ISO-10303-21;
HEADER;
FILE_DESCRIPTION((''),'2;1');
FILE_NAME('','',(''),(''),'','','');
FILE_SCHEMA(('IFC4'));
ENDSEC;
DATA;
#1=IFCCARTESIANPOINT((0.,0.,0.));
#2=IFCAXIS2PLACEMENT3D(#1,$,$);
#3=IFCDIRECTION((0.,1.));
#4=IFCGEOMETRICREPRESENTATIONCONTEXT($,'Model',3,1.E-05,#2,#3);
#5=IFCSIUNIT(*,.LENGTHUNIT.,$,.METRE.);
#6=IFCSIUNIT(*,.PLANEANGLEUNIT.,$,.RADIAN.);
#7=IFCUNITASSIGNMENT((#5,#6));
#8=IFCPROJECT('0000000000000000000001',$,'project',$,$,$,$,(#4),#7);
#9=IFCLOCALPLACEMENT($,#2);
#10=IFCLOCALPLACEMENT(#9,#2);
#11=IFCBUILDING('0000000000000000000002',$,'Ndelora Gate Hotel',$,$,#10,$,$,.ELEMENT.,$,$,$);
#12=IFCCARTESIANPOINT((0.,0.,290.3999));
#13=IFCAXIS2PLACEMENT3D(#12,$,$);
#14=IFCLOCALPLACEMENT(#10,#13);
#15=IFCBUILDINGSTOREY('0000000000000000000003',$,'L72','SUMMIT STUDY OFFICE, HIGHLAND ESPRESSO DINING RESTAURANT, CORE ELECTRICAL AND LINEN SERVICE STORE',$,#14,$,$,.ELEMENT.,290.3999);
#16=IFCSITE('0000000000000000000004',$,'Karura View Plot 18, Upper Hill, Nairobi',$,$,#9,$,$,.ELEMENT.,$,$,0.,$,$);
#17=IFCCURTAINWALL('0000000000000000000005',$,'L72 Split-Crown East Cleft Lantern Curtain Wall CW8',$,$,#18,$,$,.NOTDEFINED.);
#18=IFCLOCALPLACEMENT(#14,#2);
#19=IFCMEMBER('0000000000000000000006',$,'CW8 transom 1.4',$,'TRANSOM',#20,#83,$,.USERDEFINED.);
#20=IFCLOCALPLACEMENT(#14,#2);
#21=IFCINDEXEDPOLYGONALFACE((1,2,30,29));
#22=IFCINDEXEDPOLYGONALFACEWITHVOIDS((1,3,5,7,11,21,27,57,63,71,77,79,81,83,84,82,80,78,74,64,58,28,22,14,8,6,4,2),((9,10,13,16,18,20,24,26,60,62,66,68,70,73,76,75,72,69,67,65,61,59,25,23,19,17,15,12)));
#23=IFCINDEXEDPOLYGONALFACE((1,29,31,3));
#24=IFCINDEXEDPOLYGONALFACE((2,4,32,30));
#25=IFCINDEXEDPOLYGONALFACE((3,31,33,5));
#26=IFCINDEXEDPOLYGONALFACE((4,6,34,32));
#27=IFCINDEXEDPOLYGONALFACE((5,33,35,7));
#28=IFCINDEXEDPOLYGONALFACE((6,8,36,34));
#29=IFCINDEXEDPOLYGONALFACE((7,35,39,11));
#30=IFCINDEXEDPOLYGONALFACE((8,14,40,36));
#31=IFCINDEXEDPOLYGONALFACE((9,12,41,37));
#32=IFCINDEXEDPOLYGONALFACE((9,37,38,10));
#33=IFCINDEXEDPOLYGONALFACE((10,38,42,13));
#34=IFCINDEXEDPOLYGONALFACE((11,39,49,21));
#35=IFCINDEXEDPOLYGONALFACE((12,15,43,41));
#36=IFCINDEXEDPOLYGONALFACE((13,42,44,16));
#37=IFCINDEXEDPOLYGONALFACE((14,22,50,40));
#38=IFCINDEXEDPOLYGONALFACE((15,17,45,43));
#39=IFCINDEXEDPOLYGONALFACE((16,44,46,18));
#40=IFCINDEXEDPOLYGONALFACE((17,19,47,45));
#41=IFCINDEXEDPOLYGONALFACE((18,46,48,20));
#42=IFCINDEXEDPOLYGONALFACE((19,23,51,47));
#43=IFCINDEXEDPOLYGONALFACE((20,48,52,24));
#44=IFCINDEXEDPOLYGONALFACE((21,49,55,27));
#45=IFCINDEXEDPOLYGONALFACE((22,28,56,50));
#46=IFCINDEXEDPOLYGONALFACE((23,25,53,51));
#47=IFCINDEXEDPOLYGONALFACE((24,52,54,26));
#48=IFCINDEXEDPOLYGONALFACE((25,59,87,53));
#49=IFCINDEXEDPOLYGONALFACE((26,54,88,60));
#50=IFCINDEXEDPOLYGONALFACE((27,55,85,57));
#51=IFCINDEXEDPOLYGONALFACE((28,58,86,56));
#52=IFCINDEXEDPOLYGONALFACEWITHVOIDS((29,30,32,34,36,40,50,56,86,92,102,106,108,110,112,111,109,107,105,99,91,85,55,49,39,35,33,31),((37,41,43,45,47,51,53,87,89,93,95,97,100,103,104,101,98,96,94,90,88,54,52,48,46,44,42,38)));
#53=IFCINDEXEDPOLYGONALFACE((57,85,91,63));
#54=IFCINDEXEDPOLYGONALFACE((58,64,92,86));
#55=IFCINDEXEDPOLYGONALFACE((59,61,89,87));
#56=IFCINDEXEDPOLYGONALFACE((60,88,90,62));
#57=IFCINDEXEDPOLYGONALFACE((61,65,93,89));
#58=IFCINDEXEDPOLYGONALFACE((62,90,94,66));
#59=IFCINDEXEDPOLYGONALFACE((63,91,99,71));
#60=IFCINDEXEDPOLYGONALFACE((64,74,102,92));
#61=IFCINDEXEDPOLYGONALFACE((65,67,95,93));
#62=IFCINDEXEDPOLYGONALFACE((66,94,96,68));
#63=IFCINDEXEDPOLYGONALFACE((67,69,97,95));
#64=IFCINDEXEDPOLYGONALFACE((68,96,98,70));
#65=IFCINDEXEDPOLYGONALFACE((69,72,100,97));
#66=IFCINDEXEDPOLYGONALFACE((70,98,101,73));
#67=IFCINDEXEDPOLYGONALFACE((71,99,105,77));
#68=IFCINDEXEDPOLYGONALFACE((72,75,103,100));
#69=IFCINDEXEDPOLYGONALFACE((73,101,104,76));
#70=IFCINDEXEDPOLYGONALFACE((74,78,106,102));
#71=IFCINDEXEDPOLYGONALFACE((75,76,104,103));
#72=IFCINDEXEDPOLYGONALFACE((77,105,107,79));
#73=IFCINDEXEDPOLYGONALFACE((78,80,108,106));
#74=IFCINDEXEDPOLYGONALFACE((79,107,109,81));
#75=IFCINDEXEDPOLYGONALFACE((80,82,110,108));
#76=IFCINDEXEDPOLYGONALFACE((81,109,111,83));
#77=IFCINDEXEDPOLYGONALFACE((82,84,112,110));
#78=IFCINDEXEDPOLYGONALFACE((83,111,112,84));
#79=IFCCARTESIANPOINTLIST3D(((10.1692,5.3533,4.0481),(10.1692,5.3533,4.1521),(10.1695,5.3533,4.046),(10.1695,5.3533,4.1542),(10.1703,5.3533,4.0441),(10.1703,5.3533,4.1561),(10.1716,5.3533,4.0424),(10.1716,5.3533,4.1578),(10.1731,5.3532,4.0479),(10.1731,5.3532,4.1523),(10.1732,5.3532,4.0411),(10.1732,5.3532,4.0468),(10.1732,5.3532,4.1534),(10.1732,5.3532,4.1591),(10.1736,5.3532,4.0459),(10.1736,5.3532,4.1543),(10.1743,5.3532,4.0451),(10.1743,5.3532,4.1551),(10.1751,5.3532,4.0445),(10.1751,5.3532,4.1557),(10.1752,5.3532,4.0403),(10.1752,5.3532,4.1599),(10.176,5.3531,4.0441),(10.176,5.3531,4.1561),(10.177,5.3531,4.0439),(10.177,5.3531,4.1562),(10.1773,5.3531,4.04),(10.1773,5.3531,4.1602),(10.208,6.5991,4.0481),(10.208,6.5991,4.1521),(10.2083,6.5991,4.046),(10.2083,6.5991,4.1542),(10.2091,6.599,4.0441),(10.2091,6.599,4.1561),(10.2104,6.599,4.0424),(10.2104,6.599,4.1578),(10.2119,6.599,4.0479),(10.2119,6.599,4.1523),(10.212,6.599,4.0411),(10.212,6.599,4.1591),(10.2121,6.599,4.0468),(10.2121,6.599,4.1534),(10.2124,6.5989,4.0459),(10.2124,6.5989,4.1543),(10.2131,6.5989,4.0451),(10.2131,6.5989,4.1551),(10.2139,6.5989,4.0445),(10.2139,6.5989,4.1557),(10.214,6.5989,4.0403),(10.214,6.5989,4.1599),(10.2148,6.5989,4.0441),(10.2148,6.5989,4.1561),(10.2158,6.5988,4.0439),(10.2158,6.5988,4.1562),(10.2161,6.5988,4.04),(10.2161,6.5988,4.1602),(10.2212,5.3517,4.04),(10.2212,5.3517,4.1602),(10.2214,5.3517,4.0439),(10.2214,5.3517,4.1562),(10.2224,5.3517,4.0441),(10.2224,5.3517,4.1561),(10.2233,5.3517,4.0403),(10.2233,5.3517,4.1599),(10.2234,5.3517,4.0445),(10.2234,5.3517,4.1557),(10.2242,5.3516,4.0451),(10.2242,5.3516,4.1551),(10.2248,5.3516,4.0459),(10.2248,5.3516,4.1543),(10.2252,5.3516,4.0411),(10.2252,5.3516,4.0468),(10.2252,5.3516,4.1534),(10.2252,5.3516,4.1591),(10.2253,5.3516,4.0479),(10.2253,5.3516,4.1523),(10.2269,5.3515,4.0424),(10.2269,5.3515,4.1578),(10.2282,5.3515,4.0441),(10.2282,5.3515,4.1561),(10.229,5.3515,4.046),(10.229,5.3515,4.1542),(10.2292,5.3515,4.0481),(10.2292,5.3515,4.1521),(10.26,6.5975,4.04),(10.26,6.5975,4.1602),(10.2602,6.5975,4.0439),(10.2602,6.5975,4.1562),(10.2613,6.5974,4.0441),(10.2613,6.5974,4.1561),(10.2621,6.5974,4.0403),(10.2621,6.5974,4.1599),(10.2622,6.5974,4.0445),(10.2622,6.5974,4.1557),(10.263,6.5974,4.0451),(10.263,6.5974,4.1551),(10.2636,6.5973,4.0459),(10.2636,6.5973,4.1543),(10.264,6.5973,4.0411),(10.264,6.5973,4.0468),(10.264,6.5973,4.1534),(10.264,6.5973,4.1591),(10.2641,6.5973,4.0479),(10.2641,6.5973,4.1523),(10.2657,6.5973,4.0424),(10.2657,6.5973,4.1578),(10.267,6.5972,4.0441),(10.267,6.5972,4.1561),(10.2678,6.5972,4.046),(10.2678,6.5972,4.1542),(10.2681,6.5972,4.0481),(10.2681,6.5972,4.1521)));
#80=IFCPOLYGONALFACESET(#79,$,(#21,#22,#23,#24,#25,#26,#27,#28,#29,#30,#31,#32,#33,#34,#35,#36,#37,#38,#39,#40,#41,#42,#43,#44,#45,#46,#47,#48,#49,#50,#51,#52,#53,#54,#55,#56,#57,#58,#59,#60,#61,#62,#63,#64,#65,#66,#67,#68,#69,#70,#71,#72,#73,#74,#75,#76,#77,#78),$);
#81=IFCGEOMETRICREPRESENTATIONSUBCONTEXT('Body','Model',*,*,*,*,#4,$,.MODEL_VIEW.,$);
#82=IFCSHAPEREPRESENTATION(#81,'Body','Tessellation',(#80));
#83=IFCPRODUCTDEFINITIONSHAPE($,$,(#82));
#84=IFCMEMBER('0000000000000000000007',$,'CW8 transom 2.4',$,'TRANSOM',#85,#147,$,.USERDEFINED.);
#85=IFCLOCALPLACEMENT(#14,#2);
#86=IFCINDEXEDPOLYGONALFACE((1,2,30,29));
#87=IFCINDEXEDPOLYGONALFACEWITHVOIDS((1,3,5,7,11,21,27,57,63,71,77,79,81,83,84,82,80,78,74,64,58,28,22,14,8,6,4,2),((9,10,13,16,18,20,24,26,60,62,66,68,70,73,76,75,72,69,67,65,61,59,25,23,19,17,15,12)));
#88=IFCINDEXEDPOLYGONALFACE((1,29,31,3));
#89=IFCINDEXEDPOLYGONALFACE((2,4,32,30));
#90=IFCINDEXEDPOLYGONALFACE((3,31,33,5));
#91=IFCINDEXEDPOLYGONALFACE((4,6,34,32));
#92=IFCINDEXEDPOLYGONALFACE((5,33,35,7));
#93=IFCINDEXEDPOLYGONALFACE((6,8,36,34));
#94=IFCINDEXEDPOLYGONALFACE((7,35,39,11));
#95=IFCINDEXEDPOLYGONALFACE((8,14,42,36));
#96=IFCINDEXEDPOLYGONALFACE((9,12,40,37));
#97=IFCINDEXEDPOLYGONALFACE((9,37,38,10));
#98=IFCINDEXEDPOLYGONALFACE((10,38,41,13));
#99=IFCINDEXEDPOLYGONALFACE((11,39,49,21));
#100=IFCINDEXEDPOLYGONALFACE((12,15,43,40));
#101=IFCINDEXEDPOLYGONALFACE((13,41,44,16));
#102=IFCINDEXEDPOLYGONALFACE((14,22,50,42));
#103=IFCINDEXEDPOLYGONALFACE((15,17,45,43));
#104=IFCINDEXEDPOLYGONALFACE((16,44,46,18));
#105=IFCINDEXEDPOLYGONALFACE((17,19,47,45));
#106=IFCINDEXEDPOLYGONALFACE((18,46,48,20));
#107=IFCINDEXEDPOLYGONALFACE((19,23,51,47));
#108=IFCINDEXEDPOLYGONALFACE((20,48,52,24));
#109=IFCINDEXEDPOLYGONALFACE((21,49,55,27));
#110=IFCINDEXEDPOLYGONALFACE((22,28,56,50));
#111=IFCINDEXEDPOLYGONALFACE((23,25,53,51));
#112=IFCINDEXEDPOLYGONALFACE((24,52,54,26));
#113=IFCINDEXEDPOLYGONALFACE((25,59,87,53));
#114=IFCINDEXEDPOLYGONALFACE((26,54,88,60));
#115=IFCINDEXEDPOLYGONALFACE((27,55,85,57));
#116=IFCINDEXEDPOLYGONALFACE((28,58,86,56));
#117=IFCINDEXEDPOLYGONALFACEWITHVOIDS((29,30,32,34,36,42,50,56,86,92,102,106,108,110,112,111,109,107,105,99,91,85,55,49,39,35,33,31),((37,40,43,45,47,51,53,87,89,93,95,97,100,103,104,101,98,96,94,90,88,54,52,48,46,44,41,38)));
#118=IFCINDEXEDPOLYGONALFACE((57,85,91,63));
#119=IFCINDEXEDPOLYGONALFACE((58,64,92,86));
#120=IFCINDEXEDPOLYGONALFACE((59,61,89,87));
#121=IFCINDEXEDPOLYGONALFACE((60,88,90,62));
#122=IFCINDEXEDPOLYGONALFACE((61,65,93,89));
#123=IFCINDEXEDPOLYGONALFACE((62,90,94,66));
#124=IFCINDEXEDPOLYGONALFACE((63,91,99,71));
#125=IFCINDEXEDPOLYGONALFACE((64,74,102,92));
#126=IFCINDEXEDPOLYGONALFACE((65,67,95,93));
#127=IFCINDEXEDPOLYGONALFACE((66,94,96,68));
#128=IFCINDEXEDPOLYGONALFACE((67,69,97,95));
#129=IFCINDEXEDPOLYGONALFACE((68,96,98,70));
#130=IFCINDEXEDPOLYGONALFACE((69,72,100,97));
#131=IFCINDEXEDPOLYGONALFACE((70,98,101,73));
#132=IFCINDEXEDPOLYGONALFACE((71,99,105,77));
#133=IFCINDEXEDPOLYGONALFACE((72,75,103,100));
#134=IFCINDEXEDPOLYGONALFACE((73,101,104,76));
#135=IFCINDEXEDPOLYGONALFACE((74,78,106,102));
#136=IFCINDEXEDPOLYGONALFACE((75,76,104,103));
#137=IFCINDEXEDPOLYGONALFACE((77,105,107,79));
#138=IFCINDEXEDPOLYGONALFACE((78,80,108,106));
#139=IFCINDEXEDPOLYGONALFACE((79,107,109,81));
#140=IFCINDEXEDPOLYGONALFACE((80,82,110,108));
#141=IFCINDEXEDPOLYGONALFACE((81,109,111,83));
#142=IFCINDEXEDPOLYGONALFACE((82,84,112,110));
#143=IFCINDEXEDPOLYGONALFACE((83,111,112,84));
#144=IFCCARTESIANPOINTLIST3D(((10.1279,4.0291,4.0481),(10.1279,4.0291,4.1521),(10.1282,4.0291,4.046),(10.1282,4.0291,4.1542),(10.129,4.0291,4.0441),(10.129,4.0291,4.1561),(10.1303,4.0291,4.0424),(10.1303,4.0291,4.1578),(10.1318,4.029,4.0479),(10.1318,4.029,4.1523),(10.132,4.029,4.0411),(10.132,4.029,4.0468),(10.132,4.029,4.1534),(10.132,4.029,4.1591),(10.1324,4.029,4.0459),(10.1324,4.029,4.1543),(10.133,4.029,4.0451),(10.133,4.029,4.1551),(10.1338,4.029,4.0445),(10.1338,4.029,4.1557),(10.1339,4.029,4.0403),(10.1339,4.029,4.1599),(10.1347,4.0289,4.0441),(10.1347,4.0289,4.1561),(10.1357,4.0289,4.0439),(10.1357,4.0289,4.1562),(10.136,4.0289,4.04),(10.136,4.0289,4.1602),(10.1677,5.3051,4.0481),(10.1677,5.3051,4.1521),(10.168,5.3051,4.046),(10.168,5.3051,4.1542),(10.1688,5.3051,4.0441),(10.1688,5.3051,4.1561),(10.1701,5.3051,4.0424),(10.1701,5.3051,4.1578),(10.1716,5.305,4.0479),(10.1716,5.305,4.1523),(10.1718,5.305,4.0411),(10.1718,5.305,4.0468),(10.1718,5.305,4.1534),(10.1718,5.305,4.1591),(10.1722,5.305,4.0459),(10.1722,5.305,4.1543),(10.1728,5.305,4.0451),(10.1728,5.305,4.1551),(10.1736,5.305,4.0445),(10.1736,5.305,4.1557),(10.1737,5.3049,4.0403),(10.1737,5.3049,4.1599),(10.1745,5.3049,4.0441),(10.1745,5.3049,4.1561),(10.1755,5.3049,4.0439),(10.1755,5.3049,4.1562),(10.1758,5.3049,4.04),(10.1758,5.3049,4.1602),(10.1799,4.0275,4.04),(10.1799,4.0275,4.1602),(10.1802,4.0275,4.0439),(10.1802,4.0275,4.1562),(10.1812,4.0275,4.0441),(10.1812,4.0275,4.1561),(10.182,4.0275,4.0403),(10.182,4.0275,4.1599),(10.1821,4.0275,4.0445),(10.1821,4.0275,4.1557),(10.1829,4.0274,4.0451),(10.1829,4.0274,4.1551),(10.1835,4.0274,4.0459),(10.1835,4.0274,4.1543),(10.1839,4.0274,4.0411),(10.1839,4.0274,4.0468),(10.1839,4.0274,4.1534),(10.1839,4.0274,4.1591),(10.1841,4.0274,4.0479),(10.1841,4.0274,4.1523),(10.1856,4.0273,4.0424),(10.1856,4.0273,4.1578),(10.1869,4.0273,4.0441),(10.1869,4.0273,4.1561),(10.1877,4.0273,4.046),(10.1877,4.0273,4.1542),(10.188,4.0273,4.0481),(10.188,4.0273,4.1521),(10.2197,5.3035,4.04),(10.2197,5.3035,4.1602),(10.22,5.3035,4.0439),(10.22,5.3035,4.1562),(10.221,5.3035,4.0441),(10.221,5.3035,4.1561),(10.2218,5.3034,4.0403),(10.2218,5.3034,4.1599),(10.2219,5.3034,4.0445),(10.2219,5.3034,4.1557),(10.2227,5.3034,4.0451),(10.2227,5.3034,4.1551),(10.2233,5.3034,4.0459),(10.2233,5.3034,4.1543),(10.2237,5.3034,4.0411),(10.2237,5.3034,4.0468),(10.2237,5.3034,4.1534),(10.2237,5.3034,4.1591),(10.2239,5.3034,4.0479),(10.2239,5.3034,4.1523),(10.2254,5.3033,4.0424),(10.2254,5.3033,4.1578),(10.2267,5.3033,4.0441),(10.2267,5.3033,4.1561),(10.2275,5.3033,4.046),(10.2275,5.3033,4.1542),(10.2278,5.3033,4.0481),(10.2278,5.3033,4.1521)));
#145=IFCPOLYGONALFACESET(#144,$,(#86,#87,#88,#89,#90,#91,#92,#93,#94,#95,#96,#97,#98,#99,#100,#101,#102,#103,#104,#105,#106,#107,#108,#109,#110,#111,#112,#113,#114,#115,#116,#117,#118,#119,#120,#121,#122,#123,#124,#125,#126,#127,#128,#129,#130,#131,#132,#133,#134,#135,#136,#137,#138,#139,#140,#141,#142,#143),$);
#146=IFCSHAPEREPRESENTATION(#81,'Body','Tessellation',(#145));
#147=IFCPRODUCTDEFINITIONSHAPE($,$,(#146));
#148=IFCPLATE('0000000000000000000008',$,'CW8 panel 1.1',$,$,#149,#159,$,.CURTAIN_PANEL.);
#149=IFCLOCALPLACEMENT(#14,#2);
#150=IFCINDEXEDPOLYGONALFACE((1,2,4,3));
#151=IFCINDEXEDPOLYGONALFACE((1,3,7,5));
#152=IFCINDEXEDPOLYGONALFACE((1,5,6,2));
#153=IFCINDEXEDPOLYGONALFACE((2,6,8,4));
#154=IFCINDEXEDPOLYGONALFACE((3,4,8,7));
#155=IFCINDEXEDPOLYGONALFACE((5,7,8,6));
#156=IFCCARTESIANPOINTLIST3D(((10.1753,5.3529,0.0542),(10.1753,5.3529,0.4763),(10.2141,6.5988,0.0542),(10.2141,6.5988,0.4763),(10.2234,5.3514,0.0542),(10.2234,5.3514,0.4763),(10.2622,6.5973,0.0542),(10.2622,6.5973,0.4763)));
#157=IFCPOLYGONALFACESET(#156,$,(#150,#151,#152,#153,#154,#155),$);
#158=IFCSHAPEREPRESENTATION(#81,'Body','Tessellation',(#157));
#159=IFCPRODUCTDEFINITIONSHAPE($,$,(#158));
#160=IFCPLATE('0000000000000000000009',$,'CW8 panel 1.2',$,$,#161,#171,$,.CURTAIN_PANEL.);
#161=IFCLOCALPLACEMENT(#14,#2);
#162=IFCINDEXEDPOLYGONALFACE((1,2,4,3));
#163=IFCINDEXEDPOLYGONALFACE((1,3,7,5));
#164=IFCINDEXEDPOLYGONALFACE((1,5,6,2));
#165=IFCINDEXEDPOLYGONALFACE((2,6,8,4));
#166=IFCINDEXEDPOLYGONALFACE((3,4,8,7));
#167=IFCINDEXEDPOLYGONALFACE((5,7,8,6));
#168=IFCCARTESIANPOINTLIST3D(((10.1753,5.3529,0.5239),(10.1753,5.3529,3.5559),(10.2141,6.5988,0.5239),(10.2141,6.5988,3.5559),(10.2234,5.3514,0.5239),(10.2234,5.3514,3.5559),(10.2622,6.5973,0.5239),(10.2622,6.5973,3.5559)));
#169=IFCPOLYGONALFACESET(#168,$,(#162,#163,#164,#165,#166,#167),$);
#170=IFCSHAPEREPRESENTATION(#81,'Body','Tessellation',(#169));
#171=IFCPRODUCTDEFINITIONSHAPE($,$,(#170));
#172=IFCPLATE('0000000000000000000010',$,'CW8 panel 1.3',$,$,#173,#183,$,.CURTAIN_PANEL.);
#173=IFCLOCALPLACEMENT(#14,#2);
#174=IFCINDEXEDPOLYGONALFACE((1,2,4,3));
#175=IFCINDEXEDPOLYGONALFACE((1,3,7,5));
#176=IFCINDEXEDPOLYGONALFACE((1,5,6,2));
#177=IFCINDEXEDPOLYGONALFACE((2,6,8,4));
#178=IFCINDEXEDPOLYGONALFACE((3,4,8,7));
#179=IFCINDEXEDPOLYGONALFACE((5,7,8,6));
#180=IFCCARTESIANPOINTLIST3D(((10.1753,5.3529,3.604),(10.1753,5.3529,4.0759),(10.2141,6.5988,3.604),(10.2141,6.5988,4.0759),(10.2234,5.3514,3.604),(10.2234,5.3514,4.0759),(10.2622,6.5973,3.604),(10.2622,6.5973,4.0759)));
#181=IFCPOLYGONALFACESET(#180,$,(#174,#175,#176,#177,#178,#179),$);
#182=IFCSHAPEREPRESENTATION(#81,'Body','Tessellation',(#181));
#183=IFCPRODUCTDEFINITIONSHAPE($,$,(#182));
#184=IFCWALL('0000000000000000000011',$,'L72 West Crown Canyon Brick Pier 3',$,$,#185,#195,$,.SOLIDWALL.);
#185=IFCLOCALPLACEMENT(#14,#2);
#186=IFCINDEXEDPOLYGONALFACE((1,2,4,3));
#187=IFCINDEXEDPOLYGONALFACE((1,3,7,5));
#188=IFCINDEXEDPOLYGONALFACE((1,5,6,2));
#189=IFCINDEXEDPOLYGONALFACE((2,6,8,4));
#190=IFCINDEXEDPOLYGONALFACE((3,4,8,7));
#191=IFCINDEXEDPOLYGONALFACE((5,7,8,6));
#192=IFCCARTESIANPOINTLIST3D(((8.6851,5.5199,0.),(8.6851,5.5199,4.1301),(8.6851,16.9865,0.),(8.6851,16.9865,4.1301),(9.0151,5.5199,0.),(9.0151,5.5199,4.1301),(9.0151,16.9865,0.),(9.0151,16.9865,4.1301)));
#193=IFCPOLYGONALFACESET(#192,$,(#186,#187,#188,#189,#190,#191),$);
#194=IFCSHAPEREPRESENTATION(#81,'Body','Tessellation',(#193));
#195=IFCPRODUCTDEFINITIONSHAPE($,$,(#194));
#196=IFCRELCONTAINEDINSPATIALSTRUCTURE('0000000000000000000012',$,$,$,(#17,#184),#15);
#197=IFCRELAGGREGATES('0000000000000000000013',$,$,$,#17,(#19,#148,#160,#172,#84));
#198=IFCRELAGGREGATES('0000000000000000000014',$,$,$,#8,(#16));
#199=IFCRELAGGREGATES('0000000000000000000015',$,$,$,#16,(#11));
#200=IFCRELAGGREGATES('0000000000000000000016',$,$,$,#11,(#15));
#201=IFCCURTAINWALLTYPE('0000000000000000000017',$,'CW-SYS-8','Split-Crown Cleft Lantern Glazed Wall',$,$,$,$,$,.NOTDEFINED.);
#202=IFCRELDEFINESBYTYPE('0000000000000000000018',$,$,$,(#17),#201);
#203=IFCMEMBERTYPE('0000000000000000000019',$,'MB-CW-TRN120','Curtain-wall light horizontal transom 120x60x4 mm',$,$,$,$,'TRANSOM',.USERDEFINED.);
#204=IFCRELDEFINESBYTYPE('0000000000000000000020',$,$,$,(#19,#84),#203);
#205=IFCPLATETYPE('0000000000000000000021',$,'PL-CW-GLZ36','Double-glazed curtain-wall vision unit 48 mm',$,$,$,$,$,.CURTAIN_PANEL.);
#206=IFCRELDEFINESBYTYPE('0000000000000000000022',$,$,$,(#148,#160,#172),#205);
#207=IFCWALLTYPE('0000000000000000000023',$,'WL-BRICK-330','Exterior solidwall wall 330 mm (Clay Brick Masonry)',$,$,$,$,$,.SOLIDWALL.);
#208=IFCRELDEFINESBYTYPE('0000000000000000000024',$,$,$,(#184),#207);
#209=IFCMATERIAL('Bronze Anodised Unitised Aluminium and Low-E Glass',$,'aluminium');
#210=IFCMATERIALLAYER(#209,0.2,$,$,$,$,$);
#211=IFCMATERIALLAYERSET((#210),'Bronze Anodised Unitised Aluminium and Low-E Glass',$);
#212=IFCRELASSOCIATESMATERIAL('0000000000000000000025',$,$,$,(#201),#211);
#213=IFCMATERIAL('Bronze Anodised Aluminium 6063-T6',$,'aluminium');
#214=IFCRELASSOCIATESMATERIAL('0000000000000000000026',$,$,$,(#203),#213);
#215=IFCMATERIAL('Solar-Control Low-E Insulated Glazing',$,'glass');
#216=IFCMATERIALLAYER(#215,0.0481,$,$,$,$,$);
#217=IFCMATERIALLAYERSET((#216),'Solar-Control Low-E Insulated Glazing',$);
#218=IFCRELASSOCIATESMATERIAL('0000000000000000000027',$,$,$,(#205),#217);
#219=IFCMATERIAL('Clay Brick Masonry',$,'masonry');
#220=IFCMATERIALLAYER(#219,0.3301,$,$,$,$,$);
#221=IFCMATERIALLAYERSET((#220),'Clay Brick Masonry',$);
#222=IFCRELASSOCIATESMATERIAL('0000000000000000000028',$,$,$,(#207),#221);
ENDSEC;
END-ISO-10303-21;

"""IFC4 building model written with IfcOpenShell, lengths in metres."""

from ifc_helpers import new_model, si_unit, direction, frame, frame_2d, origin, origin_2d, place, context, subcontext, project, spatial, rectangle, hollow_rectangle, extrude, material, layer, layer_set, material_profile, profile_set, type_object, element, aggregate, save


model = new_model("IFC4")

# Units and contexts
model_context = context("Model", 3, precision=1e-05, world=origin(), true_north=direction((0.0, 1.0)))
body_context = subcontext(model_context, "Body", "Model", "MODEL_VIEW")
ifc_project = project(units=[si_unit("LENGTHUNIT", "METRE"), si_unit("PLANEANGLEUNIT", "RADIAN")], contexts=[model_context])

# Site, building, storey
site_placement = place(None, origin())
site = spatial("IfcSite", under=ifc_project, at=site_placement, Name="Karura View Plot 18, Upper Hill, Nairobi", CompositionType="ELEMENT", RefElevation=0.0)
building_placement = place(site_placement, origin())
building = spatial("IfcBuilding", under=site, at=building_placement, Name="Ndelora Gate Hotel", CompositionType="ELEMENT")
storey_placement = place(building_placement, frame((0.0, 0.0, 290.3999)))
storey = spatial("IfcBuildingStorey", under=building, at=storey_placement, Name="L72", Description="SUMMIT STUDY OFFICE, HIGHLAND ESPRESSO DINING RESTAURANT, CORE ELECTRICAL AND LINEN SERVICE STORE", CompositionType="ELEMENT", Elevation=290.3999)

# Shared definitions
ifc_material_1 = material(Name="Bronze Anodised Unitised Aluminium and Low-E Glass", Category="aluminium")
ifc_layer_1 = layer(ifc_material_1, 0.2)
ifc_layer_set_1 = layer_set([ifc_layer_1], Name="Bronze Anodised Unitised Aluminium and Low-E Glass")
curtain_wall_type = type_object("IfcCurtainWallType", Name="CW-SYS-8", Description="Split-Crown Cleft Lantern Glazed Wall", PredefinedType="NOTDEFINED", material=ifc_layer_set_1)
ifc_material_2 = material(Name="Bronze Anodised Aluminium 6063-T6", Category="aluminium")

# Curtain wall, members, plates
curtain_wall_1_placement = place(storey_placement, origin())
curtain_wall_1 = element("IfcCurtainWall", 1, at=curtain_wall_1_placement, inside=storey, type_object=curtain_wall_type, Name="L72 Split-Crown East Cleft Lantern Curtain Wall CW8", PredefinedType="NOTDEFINED")
ifc_material_profile_1 = material_profile(ifc_material_2, hollow_rectangle(XDim=0.0601, YDim=0.1201, WallThickness=0.0039, InnerFilletRadius=0.0039, OuterFilletRadius=0.0081, at=origin_2d()), Name="ALU 120x60x4")
ifc_profile_set_1 = profile_set([ifc_material_profile_1], Name="Bronze Anodised Aluminium 6063-T6")
member_type_1 = type_object("IfcMemberType", Name="MB-CW-TRN120", Description="Curtain-wall light horizontal transom 120x60x4 mm", ElementType="TRANSOM", PredefinedType="USERDEFINED", material=ifc_profile_set_1)
member_1_placement = place(storey_placement, frame((10.238, 6.5981, 4.1001), z_axis=(-0.031143, -0.999515, 0.0), x_axis=(0.999515, -0.031143, 0.0)))
member_1 = element("IfcMember", 2, at=member_1_placement, type_object=member_type_1, Name="CW8 transom 1.4", ObjectType="TRANSOM", PredefinedType="USERDEFINED", context=body_context, shape_type="SweptSolid", body=[
    extrude(hollow_rectangle(XDim=0.0601, YDim=0.1201, WallThickness=0.0039, InnerFilletRadius=0.0039, OuterFilletRadius=0.0081, at=origin_2d()), origin(), (0.0, 0.0, 1.0), 1.2463),
])
member_2_placement = place(storey_placement, frame((10.1978, 5.3042, 4.1001), z_axis=(-0.031175, -0.999514, 0.0), x_axis=(0.999514, -0.031175, 0.0)))
member_2 = element("IfcMember", 3, at=member_2_placement, type_object=member_type_1, Name="CW8 transom 2.4", ObjectType="TRANSOM", PredefinedType="USERDEFINED", context=body_context, shape_type="SweptSolid", body=[
    extrude(hollow_rectangle(XDim=0.0601, YDim=0.1201, WallThickness=0.0039, InnerFilletRadius=0.0039, OuterFilletRadius=0.0081, at=origin_2d()), origin(), (0.0, 0.0, 1.0), 1.2766),
])
ifc_material_3 = material(Name="Solar-Control Low-E Insulated Glazing", Category="glass")
ifc_layer_2 = layer(ifc_material_3, 0.0481)
ifc_layer_set_2 = layer_set([ifc_layer_2], Name="Solar-Control Low-E Insulated Glazing")
plate_type = type_object("IfcPlateType", Name="PL-CW-GLZ36", Description="Double-glazed curtain-wall vision unit 48 mm", PredefinedType="CURTAIN_PANEL", material=ifc_layer_set_2)
plate_1_placement = place(storey_placement, frame((10.2188, 5.9751, 0.0542), z_axis=(0.0, 0.0, 1.0), x_axis=(-0.031131, -0.999515, 0.0)))
plate_1 = element("IfcPlate", 4, at=plate_1_placement, type_object=plate_type, Name="CW8 panel 1.1", PredefinedType="CURTAIN_PANEL", context=body_context, shape_type="SweptSolid", body=[
    extrude(rectangle(XDim=1.2466, YDim=0.0481, at=origin_2d()), origin(), (0.0, 0.0, 1.0), 0.4221),
])
plate_2_placement = place(storey_placement, frame((10.2188, 5.9751, 0.5239), z_axis=(0.0, 0.0, 1.0), x_axis=(-0.031131, -0.999515, 0.0)))
plate_2 = element("IfcPlate", 5, at=plate_2_placement, type_object=plate_type, Name="CW8 panel 1.2", PredefinedType="CURTAIN_PANEL", context=body_context, shape_type="SweptSolid", body=[
    extrude(rectangle(XDim=1.2466, YDim=0.0481, at=origin_2d()), origin(), (0.0, 0.0, 1.0), 3.032),
])
plate_3_placement = place(storey_placement, frame((10.2188, 5.9751, 3.604), z_axis=(0.0, 0.0, 1.0), x_axis=(-0.031131, -0.999515, 0.0)))
plate_3 = element("IfcPlate", 6, at=plate_3_placement, type_object=plate_type, Name="CW8 panel 1.3", PredefinedType="CURTAIN_PANEL", context=body_context, shape_type="SweptSolid", body=[
    extrude(rectangle(XDim=1.2466, YDim=0.0481, at=origin_2d()), origin(), (0.0, 0.0, 1.0), 0.4719),
])
aggregate(curtain_wall_1, [member_1, plate_1, plate_2, plate_3, member_2])

# Wall
ifc_material_4 = material(Name="Clay Brick Masonry", Category="masonry")
ifc_layer_3 = layer(ifc_material_4, 0.3301)
ifc_layer_set_3 = layer_set([ifc_layer_3], Name="Clay Brick Masonry")
wall_type_1 = type_object("IfcWallType", Name="WL-BRICK-330", Description="Exterior solidwall wall 330 mm (Clay Brick Masonry)", PredefinedType="SOLIDWALL", material=ifc_layer_set_3)
wall_1_placement = place(storey_placement, frame((8.8501, 16.9866, 0.0), z_axis=(0.0, 0.0, 1.0), x_axis=(0.0, -1.0, 0.0)))
element("IfcWall", 7, at=wall_1_placement, inside=storey, type_object=wall_type_1, Name="L72 West Crown Canyon Brick Pier 3", PredefinedType="SOLIDWALL", context=body_context, shape_type="SweptSolid", body=[
    extrude(rectangle(XDim=11.4666, YDim=0.3301, at=frame_2d((5.7334, 0.0))), origin(), (0.0, 0.0, 1.0), 4.1301),
])

save(model, "model.ifc")
